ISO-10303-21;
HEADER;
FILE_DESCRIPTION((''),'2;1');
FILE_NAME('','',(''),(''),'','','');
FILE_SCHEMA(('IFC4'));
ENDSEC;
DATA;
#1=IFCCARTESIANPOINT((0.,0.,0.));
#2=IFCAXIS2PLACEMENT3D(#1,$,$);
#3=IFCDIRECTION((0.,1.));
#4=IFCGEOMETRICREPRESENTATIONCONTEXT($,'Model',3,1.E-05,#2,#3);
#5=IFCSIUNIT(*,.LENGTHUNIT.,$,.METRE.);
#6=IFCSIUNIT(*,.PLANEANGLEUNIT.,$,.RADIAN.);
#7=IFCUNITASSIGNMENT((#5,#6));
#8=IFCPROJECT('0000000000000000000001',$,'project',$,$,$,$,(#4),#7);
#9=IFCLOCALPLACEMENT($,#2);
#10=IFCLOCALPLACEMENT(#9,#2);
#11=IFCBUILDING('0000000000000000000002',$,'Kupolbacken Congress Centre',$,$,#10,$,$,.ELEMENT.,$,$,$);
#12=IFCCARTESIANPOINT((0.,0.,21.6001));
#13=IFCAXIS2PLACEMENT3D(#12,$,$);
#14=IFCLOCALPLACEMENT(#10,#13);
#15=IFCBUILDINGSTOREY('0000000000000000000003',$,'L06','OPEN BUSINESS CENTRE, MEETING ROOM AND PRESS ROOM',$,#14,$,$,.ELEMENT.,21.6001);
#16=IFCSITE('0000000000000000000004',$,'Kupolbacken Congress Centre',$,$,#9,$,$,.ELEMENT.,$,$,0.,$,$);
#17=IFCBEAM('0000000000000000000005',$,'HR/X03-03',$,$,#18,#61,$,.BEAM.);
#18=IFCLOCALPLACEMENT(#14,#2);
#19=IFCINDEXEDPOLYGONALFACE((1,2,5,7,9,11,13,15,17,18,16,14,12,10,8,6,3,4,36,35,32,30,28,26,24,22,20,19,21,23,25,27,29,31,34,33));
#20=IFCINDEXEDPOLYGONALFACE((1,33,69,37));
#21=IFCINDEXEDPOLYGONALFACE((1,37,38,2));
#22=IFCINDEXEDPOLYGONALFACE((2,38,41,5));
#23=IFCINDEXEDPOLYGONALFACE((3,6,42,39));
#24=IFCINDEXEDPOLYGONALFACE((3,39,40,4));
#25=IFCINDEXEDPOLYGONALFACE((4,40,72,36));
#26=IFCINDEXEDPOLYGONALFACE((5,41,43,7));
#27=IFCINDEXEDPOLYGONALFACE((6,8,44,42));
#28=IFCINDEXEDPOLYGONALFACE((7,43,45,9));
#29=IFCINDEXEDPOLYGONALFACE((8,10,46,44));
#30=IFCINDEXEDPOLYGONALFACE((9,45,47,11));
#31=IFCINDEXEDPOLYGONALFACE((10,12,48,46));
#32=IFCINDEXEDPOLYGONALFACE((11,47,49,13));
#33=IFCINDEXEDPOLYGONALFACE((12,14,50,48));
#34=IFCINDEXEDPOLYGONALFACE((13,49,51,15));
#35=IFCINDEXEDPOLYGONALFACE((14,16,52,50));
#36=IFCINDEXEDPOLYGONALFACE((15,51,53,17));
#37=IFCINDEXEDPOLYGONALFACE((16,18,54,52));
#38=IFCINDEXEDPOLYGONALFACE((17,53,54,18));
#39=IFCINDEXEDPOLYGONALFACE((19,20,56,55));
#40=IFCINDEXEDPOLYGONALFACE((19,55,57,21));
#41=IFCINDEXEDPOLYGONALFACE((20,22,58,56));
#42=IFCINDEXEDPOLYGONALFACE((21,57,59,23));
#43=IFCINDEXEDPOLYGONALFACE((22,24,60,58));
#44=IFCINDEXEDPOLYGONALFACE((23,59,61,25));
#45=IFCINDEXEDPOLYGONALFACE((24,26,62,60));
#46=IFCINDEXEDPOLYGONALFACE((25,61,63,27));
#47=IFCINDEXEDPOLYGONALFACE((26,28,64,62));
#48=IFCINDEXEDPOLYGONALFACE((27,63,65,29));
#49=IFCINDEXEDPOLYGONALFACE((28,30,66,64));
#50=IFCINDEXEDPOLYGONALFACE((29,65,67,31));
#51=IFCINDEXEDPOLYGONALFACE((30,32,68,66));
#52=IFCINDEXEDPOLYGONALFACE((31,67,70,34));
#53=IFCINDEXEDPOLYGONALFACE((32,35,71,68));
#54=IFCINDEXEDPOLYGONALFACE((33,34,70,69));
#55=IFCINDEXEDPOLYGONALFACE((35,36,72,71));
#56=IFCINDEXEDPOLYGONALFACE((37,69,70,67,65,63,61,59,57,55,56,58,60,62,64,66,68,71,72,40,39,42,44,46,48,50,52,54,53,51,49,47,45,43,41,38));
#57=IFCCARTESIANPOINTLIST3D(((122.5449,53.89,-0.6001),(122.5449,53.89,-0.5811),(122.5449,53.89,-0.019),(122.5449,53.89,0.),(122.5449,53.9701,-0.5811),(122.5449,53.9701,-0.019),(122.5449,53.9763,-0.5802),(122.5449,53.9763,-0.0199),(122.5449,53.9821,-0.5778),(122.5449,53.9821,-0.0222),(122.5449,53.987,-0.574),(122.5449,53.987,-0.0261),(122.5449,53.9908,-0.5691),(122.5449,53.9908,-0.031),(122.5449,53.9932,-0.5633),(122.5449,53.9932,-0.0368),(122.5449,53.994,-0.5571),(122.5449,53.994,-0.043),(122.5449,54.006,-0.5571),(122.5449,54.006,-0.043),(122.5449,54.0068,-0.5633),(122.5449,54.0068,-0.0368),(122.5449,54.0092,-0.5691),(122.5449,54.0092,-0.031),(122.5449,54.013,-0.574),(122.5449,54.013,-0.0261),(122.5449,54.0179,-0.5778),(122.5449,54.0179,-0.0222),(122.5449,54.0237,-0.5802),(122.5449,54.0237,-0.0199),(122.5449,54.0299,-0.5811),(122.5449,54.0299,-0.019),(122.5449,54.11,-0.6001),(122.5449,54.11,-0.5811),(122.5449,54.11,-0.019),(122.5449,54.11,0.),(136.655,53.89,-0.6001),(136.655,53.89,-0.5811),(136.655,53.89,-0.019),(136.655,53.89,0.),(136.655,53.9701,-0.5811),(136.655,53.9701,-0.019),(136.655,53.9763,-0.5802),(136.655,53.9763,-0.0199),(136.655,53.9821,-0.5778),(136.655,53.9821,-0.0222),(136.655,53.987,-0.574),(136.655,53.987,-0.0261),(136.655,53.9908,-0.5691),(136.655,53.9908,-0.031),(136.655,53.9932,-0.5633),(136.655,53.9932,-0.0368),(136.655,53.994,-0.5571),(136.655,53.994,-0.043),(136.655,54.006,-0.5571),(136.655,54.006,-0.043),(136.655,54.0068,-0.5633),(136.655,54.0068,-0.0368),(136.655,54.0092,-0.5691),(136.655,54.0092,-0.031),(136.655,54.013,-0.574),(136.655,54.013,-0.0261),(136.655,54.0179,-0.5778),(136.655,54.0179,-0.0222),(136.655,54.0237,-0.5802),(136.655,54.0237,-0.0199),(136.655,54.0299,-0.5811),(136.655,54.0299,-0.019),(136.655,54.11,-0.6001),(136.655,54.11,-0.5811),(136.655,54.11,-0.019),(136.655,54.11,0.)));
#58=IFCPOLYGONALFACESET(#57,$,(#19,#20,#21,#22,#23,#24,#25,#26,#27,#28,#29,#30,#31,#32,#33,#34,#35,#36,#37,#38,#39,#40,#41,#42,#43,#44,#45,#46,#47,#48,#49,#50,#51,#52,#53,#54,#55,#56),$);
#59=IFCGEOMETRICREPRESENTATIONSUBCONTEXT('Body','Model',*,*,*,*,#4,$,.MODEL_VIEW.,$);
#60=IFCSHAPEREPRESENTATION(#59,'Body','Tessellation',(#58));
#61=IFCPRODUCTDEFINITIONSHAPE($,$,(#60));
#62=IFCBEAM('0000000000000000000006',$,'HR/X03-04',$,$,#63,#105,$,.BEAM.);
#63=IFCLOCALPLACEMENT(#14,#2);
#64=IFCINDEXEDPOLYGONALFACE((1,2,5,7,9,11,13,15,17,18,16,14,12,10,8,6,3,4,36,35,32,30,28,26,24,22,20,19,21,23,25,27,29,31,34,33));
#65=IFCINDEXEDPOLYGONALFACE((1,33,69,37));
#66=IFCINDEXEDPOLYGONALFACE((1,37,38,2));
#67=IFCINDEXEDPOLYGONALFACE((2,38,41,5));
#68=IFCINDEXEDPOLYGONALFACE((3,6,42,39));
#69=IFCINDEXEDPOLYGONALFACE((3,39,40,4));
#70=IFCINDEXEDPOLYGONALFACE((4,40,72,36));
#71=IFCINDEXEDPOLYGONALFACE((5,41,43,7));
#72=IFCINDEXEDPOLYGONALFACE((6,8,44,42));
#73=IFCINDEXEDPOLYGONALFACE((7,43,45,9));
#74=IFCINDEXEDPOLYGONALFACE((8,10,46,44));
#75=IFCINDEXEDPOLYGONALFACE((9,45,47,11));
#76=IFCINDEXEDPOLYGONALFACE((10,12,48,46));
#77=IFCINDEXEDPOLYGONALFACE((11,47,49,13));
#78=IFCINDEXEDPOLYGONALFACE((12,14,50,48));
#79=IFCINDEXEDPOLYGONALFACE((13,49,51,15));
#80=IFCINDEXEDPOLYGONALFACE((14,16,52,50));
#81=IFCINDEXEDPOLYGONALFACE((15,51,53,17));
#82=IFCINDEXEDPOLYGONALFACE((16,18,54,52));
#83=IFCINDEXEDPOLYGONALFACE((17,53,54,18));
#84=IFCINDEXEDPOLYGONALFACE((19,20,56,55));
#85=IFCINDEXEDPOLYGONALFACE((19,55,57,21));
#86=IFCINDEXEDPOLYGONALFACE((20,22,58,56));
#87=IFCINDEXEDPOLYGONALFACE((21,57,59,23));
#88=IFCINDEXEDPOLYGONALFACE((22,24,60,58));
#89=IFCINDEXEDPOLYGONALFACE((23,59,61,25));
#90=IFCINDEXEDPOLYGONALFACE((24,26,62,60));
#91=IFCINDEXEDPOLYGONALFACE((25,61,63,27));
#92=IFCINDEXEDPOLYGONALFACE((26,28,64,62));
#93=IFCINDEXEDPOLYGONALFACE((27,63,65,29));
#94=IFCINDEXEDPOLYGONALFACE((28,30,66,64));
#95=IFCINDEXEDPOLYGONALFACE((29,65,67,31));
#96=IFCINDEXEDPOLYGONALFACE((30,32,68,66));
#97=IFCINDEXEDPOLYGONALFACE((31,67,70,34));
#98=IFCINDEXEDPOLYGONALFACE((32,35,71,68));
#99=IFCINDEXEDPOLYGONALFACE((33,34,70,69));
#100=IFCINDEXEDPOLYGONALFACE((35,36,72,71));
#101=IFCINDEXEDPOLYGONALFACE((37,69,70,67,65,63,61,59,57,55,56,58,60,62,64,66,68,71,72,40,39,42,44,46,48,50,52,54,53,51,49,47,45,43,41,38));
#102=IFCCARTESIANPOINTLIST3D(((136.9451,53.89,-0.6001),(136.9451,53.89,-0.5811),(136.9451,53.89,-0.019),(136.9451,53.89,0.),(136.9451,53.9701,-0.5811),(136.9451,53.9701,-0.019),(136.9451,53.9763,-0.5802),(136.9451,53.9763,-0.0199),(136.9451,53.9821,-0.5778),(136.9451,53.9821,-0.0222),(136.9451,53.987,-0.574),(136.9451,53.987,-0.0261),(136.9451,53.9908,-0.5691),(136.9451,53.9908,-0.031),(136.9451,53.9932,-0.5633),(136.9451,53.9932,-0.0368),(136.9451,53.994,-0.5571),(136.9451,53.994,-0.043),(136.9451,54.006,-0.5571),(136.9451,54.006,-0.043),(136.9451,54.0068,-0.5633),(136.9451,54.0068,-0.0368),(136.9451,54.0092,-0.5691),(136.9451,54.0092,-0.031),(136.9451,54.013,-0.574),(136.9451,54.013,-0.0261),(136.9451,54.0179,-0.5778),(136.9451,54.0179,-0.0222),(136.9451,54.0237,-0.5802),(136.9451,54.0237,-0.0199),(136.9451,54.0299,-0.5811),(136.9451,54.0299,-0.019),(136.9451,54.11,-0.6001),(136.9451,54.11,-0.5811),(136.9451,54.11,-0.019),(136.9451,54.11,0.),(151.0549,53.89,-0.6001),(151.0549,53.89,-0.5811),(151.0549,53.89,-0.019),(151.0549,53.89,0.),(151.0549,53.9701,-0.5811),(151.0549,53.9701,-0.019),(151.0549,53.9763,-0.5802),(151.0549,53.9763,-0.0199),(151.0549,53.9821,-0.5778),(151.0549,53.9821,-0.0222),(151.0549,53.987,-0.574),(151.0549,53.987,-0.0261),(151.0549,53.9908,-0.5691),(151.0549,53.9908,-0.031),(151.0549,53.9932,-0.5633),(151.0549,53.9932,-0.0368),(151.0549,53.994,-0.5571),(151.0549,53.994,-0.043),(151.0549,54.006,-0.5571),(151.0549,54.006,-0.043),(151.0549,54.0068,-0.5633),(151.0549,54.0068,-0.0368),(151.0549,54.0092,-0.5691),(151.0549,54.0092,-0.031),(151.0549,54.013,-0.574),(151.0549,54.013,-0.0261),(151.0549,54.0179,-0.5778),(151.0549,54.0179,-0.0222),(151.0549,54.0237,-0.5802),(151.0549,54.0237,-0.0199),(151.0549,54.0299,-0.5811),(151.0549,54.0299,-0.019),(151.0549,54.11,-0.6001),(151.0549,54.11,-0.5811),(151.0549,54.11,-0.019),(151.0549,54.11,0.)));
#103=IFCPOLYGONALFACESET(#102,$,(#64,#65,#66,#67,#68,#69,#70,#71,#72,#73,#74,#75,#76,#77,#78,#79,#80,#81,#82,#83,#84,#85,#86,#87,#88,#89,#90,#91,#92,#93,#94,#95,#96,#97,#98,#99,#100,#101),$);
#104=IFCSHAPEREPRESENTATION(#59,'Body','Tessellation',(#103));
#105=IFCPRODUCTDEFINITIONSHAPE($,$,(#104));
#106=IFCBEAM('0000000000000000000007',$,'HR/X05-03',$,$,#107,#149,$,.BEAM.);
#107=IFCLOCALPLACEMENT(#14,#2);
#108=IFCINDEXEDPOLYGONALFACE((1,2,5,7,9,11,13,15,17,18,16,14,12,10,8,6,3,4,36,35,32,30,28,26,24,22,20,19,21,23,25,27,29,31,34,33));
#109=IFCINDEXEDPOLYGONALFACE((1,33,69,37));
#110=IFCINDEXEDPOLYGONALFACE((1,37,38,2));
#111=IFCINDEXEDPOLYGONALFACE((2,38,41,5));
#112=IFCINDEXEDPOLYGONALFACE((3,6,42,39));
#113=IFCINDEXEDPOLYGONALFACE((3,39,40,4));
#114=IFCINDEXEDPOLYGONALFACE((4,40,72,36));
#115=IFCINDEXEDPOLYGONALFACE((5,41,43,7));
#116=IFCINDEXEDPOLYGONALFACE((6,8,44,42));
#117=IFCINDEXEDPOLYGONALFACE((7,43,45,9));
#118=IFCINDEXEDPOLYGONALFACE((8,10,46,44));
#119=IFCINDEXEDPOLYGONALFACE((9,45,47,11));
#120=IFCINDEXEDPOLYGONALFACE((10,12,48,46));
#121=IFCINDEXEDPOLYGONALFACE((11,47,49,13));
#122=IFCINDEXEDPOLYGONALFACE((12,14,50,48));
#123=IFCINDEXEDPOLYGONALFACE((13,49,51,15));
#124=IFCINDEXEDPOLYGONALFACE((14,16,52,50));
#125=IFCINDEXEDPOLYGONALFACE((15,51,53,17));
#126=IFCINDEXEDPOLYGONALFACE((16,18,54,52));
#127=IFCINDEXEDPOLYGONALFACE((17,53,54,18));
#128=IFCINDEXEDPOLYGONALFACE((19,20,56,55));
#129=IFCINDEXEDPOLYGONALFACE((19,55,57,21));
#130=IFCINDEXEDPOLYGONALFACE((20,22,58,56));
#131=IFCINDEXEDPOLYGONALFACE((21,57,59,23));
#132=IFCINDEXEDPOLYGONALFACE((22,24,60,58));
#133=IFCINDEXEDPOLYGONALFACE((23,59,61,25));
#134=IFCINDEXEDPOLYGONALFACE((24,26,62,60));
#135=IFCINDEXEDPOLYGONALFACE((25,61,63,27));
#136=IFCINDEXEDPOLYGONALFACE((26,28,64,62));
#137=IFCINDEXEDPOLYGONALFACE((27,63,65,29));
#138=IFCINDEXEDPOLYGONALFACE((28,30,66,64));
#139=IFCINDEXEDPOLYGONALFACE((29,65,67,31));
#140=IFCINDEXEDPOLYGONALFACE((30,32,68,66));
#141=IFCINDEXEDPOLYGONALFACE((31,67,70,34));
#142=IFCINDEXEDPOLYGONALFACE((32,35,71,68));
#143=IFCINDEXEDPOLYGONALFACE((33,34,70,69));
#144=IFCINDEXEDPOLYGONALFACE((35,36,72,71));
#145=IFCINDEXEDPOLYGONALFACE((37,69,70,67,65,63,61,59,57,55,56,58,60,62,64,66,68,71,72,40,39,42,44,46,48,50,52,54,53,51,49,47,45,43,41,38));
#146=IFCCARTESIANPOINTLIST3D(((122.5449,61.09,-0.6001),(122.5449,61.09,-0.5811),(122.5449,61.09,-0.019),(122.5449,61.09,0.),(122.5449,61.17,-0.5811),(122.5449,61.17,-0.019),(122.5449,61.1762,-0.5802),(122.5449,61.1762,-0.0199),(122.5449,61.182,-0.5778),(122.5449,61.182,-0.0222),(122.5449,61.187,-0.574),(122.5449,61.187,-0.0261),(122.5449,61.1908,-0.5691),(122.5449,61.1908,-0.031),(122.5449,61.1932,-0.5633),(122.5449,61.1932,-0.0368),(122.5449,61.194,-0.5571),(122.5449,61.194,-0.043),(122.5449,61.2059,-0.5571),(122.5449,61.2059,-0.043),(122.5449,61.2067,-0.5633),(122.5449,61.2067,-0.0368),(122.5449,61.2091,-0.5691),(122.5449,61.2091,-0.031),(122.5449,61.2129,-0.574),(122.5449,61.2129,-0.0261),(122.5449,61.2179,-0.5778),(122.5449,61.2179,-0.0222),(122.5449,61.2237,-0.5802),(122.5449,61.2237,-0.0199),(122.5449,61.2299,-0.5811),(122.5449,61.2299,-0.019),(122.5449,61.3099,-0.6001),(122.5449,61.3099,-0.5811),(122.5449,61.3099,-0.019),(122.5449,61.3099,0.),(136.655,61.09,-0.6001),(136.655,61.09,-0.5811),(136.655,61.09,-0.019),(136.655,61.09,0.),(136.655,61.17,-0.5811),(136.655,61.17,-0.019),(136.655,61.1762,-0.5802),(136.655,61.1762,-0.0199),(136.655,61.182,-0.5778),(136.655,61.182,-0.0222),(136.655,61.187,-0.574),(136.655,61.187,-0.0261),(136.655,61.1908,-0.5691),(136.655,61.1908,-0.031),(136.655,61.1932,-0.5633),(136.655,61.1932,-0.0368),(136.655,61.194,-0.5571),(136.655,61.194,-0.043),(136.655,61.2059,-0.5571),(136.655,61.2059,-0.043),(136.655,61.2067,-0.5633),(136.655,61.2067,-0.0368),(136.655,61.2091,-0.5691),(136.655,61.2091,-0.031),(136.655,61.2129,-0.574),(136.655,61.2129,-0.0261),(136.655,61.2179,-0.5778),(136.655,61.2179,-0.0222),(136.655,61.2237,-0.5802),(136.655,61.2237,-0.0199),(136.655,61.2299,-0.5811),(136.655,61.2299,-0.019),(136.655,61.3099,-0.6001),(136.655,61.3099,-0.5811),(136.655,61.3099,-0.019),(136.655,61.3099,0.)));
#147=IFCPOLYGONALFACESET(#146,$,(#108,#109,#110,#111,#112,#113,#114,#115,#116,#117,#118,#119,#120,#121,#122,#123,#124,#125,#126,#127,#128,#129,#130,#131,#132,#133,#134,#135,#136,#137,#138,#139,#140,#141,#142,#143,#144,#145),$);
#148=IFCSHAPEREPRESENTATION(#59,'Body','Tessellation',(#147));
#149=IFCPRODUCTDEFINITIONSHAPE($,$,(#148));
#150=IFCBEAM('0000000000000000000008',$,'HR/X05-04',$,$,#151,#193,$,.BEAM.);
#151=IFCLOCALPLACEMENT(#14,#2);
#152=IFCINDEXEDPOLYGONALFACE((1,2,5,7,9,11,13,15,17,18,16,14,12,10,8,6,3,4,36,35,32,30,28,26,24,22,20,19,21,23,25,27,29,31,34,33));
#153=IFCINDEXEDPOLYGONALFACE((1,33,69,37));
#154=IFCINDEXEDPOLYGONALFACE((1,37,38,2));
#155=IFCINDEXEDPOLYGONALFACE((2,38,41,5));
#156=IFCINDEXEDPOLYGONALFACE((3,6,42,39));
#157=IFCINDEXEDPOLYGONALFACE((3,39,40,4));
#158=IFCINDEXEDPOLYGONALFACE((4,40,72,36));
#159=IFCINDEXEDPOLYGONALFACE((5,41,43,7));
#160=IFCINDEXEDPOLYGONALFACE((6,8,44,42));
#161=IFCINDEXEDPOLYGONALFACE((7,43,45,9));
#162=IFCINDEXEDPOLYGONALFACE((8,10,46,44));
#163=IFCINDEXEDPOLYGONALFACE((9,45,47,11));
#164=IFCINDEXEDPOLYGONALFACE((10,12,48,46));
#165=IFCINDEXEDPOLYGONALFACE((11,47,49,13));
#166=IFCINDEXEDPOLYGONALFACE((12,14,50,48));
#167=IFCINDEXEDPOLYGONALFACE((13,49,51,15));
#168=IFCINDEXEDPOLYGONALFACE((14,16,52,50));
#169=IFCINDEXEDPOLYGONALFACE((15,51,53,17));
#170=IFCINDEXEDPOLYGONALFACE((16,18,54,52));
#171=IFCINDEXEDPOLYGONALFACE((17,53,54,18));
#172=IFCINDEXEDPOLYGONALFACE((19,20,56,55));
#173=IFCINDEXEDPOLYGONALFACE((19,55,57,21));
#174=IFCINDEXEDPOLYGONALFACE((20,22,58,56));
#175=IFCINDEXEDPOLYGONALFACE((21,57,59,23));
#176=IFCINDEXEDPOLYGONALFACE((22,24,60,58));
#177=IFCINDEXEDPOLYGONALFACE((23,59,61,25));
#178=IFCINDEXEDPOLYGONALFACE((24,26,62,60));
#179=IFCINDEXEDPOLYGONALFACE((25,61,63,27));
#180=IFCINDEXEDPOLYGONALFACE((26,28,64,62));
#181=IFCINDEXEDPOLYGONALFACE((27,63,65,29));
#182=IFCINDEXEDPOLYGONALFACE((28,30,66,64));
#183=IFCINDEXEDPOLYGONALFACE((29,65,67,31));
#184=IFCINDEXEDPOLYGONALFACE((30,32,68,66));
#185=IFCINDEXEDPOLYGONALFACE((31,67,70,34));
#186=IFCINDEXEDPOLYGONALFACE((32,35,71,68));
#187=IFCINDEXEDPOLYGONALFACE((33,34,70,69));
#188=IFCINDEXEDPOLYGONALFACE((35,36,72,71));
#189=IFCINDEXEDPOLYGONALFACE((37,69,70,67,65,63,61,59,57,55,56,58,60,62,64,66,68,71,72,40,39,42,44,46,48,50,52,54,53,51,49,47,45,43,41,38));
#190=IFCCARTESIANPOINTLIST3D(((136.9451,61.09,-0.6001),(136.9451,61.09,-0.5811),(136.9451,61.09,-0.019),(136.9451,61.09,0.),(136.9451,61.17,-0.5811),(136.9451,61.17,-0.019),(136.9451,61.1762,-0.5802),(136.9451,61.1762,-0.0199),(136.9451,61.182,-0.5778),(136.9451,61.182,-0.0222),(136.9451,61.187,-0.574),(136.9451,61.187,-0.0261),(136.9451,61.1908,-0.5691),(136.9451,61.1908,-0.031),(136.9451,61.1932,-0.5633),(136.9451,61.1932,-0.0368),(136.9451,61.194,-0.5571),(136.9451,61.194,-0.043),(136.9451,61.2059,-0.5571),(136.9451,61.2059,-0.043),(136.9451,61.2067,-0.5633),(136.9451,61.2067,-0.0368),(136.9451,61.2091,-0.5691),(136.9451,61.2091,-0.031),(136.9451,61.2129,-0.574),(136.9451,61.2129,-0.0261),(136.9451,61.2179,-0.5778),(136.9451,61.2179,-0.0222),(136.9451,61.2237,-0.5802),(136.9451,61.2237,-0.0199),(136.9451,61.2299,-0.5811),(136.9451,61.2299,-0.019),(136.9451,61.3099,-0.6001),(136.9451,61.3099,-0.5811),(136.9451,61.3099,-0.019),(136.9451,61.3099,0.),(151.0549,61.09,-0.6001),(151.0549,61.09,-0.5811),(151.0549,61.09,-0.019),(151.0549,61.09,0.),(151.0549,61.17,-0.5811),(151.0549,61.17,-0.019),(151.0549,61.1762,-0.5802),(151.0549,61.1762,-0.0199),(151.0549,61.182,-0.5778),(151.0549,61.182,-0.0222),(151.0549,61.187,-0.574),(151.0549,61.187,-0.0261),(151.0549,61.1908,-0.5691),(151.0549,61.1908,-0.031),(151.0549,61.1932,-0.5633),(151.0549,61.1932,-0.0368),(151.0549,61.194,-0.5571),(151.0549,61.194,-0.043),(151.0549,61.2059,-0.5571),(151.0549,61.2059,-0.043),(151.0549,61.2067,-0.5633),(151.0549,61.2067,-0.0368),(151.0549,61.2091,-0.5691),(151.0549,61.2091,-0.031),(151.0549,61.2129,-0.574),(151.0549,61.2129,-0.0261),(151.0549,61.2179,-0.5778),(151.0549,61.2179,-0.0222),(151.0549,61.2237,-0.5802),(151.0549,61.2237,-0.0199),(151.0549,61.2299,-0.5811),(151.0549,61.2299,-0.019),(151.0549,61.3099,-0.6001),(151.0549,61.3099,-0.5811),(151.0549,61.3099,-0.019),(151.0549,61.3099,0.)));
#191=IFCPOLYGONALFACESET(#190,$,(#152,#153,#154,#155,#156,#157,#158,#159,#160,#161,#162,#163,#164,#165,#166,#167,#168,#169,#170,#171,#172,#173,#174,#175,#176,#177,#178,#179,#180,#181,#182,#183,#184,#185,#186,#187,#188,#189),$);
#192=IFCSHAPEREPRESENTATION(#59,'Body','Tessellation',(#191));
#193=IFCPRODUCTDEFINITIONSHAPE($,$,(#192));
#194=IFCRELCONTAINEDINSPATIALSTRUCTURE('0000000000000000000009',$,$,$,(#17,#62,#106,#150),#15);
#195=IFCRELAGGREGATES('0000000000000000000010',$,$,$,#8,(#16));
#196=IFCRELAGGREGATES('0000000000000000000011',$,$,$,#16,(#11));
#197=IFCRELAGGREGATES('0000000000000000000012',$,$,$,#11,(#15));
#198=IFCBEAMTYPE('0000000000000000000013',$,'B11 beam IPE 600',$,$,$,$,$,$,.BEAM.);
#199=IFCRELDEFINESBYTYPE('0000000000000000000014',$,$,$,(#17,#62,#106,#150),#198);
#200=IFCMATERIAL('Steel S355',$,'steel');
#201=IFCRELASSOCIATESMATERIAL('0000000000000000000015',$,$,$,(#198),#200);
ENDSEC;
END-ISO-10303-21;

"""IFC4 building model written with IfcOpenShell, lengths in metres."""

from ifc_helpers import new_model, si_unit, direction, frame, origin, origin_2d, place, context, subcontext, project, spatial, i_section, extrude, material, material_profile, profile_set, type_object, element, save


model = new_model("IFC4")

# Units and contexts
model_context = context("Model", 3, precision=1e-05, world=origin(), true_north=direction((0.0, 1.0)))
body_context = subcontext(model_context, "Body", "Model", "MODEL_VIEW")
ifc_project = project(units=[si_unit("LENGTHUNIT", "METRE"), si_unit("PLANEANGLEUNIT", "RADIAN")], contexts=[model_context])

# Site, building, storey
site_placement = place(None, origin())
site = spatial("IfcSite", under=ifc_project, at=site_placement, Name="Kupolbacken Congress Centre", CompositionType="ELEMENT", RefElevation=0.0)
building_placement = place(site_placement, origin())
building = spatial("IfcBuilding", under=site, at=building_placement, Name="Kupolbacken Congress Centre", CompositionType="ELEMENT")
storey_placement = place(building_placement, frame((0.0, 0.0, 21.6001)))
storey = spatial("IfcBuildingStorey", under=building, at=storey_placement, Name="L06", Description="OPEN BUSINESS CENTRE, MEETING ROOM AND PRESS ROOM", CompositionType="ELEMENT", Elevation=21.6001)

# Beams
ifc_material_1 = material(Name="Steel S355", Category="steel")
ifc_material_profile_1 = material_profile(ifc_material_1, i_section(OverallWidth=0.22, OverallDepth=0.6001, WebThickness=0.012, FlangeThickness=0.019, FilletRadius=0.0239, at=origin_2d()), Name="IPE 600")
ifc_profile_set_1 = profile_set([ifc_material_profile_1], Name="Steel S355")
beam_type_1 = type_object("IfcBeamType", Name="B11 beam IPE 600", PredefinedType="BEAM", material=ifc_profile_set_1)
beam_1_placement = place(storey_placement, frame((122.5449, 54.0, -0.3), z_axis=(1.0, 0.0, 0.0), x_axis=(0.0, 1.0, 0.0)))
element("IfcBeam", 1, at=beam_1_placement, inside=storey, type_object=beam_type_1, Name="HR/X03-03", PredefinedType="BEAM", context=body_context, shape_type="SweptSolid", body=[
    extrude(i_section(OverallWidth=0.22, OverallDepth=0.6001, WebThickness=0.012, FlangeThickness=0.019, FilletRadius=0.0239, at=origin_2d()), origin(), (0.0, 0.0, 1.0), 14.1101),
])
beam_2_placement = place(storey_placement, frame((136.9451, 54.0, -0.3), z_axis=(1.0, 0.0, 0.0), x_axis=(0.0, 1.0, 0.0)))
element("IfcBeam", 2, at=beam_2_placement, inside=storey, type_object=beam_type_1, Name="HR/X03-04", PredefinedType="BEAM", context=body_context, shape_type="SweptSolid", body=[
    extrude(i_section(OverallWidth=0.22, OverallDepth=0.6001, WebThickness=0.012, FlangeThickness=0.019, FilletRadius=0.0239, at=origin_2d()), origin(), (0.0, 0.0, 1.0), 14.1099),
])
beam_3_placement = place(storey_placement, frame((122.5449, 61.2, -0.3), z_axis=(1.0, 0.0, 0.0), x_axis=(0.0, 1.0, 0.0)))
element("IfcBeam", 3, at=beam_3_placement, inside=storey, type_object=beam_type_1, Name="HR/X05-03", PredefinedType="BEAM", context=body_context, shape_type="SweptSolid", body=[
    extrude(i_section(OverallWidth=0.22, OverallDepth=0.6001, WebThickness=0.012, FlangeThickness=0.019, FilletRadius=0.0239, at=origin_2d()), origin(), (0.0, 0.0, 1.0), 14.1101),
])
beam_4_placement = place(storey_placement, frame((136.9451, 61.2, -0.3), z_axis=(1.0, 0.0, 0.0), x_axis=(0.0, 1.0, 0.0)))
element("IfcBeam", 4, at=beam_4_placement, inside=storey, type_object=beam_type_1, Name="HR/X05-04", PredefinedType="BEAM", context=body_context, shape_type="SweptSolid", body=[
    extrude(i_section(OverallWidth=0.22, OverallDepth=0.6001, WebThickness=0.012, FlangeThickness=0.019, FilletRadius=0.0239, at=origin_2d()), origin(), (0.0, 0.0, 1.0), 14.1099),
])

save(model, "model.ifc")
